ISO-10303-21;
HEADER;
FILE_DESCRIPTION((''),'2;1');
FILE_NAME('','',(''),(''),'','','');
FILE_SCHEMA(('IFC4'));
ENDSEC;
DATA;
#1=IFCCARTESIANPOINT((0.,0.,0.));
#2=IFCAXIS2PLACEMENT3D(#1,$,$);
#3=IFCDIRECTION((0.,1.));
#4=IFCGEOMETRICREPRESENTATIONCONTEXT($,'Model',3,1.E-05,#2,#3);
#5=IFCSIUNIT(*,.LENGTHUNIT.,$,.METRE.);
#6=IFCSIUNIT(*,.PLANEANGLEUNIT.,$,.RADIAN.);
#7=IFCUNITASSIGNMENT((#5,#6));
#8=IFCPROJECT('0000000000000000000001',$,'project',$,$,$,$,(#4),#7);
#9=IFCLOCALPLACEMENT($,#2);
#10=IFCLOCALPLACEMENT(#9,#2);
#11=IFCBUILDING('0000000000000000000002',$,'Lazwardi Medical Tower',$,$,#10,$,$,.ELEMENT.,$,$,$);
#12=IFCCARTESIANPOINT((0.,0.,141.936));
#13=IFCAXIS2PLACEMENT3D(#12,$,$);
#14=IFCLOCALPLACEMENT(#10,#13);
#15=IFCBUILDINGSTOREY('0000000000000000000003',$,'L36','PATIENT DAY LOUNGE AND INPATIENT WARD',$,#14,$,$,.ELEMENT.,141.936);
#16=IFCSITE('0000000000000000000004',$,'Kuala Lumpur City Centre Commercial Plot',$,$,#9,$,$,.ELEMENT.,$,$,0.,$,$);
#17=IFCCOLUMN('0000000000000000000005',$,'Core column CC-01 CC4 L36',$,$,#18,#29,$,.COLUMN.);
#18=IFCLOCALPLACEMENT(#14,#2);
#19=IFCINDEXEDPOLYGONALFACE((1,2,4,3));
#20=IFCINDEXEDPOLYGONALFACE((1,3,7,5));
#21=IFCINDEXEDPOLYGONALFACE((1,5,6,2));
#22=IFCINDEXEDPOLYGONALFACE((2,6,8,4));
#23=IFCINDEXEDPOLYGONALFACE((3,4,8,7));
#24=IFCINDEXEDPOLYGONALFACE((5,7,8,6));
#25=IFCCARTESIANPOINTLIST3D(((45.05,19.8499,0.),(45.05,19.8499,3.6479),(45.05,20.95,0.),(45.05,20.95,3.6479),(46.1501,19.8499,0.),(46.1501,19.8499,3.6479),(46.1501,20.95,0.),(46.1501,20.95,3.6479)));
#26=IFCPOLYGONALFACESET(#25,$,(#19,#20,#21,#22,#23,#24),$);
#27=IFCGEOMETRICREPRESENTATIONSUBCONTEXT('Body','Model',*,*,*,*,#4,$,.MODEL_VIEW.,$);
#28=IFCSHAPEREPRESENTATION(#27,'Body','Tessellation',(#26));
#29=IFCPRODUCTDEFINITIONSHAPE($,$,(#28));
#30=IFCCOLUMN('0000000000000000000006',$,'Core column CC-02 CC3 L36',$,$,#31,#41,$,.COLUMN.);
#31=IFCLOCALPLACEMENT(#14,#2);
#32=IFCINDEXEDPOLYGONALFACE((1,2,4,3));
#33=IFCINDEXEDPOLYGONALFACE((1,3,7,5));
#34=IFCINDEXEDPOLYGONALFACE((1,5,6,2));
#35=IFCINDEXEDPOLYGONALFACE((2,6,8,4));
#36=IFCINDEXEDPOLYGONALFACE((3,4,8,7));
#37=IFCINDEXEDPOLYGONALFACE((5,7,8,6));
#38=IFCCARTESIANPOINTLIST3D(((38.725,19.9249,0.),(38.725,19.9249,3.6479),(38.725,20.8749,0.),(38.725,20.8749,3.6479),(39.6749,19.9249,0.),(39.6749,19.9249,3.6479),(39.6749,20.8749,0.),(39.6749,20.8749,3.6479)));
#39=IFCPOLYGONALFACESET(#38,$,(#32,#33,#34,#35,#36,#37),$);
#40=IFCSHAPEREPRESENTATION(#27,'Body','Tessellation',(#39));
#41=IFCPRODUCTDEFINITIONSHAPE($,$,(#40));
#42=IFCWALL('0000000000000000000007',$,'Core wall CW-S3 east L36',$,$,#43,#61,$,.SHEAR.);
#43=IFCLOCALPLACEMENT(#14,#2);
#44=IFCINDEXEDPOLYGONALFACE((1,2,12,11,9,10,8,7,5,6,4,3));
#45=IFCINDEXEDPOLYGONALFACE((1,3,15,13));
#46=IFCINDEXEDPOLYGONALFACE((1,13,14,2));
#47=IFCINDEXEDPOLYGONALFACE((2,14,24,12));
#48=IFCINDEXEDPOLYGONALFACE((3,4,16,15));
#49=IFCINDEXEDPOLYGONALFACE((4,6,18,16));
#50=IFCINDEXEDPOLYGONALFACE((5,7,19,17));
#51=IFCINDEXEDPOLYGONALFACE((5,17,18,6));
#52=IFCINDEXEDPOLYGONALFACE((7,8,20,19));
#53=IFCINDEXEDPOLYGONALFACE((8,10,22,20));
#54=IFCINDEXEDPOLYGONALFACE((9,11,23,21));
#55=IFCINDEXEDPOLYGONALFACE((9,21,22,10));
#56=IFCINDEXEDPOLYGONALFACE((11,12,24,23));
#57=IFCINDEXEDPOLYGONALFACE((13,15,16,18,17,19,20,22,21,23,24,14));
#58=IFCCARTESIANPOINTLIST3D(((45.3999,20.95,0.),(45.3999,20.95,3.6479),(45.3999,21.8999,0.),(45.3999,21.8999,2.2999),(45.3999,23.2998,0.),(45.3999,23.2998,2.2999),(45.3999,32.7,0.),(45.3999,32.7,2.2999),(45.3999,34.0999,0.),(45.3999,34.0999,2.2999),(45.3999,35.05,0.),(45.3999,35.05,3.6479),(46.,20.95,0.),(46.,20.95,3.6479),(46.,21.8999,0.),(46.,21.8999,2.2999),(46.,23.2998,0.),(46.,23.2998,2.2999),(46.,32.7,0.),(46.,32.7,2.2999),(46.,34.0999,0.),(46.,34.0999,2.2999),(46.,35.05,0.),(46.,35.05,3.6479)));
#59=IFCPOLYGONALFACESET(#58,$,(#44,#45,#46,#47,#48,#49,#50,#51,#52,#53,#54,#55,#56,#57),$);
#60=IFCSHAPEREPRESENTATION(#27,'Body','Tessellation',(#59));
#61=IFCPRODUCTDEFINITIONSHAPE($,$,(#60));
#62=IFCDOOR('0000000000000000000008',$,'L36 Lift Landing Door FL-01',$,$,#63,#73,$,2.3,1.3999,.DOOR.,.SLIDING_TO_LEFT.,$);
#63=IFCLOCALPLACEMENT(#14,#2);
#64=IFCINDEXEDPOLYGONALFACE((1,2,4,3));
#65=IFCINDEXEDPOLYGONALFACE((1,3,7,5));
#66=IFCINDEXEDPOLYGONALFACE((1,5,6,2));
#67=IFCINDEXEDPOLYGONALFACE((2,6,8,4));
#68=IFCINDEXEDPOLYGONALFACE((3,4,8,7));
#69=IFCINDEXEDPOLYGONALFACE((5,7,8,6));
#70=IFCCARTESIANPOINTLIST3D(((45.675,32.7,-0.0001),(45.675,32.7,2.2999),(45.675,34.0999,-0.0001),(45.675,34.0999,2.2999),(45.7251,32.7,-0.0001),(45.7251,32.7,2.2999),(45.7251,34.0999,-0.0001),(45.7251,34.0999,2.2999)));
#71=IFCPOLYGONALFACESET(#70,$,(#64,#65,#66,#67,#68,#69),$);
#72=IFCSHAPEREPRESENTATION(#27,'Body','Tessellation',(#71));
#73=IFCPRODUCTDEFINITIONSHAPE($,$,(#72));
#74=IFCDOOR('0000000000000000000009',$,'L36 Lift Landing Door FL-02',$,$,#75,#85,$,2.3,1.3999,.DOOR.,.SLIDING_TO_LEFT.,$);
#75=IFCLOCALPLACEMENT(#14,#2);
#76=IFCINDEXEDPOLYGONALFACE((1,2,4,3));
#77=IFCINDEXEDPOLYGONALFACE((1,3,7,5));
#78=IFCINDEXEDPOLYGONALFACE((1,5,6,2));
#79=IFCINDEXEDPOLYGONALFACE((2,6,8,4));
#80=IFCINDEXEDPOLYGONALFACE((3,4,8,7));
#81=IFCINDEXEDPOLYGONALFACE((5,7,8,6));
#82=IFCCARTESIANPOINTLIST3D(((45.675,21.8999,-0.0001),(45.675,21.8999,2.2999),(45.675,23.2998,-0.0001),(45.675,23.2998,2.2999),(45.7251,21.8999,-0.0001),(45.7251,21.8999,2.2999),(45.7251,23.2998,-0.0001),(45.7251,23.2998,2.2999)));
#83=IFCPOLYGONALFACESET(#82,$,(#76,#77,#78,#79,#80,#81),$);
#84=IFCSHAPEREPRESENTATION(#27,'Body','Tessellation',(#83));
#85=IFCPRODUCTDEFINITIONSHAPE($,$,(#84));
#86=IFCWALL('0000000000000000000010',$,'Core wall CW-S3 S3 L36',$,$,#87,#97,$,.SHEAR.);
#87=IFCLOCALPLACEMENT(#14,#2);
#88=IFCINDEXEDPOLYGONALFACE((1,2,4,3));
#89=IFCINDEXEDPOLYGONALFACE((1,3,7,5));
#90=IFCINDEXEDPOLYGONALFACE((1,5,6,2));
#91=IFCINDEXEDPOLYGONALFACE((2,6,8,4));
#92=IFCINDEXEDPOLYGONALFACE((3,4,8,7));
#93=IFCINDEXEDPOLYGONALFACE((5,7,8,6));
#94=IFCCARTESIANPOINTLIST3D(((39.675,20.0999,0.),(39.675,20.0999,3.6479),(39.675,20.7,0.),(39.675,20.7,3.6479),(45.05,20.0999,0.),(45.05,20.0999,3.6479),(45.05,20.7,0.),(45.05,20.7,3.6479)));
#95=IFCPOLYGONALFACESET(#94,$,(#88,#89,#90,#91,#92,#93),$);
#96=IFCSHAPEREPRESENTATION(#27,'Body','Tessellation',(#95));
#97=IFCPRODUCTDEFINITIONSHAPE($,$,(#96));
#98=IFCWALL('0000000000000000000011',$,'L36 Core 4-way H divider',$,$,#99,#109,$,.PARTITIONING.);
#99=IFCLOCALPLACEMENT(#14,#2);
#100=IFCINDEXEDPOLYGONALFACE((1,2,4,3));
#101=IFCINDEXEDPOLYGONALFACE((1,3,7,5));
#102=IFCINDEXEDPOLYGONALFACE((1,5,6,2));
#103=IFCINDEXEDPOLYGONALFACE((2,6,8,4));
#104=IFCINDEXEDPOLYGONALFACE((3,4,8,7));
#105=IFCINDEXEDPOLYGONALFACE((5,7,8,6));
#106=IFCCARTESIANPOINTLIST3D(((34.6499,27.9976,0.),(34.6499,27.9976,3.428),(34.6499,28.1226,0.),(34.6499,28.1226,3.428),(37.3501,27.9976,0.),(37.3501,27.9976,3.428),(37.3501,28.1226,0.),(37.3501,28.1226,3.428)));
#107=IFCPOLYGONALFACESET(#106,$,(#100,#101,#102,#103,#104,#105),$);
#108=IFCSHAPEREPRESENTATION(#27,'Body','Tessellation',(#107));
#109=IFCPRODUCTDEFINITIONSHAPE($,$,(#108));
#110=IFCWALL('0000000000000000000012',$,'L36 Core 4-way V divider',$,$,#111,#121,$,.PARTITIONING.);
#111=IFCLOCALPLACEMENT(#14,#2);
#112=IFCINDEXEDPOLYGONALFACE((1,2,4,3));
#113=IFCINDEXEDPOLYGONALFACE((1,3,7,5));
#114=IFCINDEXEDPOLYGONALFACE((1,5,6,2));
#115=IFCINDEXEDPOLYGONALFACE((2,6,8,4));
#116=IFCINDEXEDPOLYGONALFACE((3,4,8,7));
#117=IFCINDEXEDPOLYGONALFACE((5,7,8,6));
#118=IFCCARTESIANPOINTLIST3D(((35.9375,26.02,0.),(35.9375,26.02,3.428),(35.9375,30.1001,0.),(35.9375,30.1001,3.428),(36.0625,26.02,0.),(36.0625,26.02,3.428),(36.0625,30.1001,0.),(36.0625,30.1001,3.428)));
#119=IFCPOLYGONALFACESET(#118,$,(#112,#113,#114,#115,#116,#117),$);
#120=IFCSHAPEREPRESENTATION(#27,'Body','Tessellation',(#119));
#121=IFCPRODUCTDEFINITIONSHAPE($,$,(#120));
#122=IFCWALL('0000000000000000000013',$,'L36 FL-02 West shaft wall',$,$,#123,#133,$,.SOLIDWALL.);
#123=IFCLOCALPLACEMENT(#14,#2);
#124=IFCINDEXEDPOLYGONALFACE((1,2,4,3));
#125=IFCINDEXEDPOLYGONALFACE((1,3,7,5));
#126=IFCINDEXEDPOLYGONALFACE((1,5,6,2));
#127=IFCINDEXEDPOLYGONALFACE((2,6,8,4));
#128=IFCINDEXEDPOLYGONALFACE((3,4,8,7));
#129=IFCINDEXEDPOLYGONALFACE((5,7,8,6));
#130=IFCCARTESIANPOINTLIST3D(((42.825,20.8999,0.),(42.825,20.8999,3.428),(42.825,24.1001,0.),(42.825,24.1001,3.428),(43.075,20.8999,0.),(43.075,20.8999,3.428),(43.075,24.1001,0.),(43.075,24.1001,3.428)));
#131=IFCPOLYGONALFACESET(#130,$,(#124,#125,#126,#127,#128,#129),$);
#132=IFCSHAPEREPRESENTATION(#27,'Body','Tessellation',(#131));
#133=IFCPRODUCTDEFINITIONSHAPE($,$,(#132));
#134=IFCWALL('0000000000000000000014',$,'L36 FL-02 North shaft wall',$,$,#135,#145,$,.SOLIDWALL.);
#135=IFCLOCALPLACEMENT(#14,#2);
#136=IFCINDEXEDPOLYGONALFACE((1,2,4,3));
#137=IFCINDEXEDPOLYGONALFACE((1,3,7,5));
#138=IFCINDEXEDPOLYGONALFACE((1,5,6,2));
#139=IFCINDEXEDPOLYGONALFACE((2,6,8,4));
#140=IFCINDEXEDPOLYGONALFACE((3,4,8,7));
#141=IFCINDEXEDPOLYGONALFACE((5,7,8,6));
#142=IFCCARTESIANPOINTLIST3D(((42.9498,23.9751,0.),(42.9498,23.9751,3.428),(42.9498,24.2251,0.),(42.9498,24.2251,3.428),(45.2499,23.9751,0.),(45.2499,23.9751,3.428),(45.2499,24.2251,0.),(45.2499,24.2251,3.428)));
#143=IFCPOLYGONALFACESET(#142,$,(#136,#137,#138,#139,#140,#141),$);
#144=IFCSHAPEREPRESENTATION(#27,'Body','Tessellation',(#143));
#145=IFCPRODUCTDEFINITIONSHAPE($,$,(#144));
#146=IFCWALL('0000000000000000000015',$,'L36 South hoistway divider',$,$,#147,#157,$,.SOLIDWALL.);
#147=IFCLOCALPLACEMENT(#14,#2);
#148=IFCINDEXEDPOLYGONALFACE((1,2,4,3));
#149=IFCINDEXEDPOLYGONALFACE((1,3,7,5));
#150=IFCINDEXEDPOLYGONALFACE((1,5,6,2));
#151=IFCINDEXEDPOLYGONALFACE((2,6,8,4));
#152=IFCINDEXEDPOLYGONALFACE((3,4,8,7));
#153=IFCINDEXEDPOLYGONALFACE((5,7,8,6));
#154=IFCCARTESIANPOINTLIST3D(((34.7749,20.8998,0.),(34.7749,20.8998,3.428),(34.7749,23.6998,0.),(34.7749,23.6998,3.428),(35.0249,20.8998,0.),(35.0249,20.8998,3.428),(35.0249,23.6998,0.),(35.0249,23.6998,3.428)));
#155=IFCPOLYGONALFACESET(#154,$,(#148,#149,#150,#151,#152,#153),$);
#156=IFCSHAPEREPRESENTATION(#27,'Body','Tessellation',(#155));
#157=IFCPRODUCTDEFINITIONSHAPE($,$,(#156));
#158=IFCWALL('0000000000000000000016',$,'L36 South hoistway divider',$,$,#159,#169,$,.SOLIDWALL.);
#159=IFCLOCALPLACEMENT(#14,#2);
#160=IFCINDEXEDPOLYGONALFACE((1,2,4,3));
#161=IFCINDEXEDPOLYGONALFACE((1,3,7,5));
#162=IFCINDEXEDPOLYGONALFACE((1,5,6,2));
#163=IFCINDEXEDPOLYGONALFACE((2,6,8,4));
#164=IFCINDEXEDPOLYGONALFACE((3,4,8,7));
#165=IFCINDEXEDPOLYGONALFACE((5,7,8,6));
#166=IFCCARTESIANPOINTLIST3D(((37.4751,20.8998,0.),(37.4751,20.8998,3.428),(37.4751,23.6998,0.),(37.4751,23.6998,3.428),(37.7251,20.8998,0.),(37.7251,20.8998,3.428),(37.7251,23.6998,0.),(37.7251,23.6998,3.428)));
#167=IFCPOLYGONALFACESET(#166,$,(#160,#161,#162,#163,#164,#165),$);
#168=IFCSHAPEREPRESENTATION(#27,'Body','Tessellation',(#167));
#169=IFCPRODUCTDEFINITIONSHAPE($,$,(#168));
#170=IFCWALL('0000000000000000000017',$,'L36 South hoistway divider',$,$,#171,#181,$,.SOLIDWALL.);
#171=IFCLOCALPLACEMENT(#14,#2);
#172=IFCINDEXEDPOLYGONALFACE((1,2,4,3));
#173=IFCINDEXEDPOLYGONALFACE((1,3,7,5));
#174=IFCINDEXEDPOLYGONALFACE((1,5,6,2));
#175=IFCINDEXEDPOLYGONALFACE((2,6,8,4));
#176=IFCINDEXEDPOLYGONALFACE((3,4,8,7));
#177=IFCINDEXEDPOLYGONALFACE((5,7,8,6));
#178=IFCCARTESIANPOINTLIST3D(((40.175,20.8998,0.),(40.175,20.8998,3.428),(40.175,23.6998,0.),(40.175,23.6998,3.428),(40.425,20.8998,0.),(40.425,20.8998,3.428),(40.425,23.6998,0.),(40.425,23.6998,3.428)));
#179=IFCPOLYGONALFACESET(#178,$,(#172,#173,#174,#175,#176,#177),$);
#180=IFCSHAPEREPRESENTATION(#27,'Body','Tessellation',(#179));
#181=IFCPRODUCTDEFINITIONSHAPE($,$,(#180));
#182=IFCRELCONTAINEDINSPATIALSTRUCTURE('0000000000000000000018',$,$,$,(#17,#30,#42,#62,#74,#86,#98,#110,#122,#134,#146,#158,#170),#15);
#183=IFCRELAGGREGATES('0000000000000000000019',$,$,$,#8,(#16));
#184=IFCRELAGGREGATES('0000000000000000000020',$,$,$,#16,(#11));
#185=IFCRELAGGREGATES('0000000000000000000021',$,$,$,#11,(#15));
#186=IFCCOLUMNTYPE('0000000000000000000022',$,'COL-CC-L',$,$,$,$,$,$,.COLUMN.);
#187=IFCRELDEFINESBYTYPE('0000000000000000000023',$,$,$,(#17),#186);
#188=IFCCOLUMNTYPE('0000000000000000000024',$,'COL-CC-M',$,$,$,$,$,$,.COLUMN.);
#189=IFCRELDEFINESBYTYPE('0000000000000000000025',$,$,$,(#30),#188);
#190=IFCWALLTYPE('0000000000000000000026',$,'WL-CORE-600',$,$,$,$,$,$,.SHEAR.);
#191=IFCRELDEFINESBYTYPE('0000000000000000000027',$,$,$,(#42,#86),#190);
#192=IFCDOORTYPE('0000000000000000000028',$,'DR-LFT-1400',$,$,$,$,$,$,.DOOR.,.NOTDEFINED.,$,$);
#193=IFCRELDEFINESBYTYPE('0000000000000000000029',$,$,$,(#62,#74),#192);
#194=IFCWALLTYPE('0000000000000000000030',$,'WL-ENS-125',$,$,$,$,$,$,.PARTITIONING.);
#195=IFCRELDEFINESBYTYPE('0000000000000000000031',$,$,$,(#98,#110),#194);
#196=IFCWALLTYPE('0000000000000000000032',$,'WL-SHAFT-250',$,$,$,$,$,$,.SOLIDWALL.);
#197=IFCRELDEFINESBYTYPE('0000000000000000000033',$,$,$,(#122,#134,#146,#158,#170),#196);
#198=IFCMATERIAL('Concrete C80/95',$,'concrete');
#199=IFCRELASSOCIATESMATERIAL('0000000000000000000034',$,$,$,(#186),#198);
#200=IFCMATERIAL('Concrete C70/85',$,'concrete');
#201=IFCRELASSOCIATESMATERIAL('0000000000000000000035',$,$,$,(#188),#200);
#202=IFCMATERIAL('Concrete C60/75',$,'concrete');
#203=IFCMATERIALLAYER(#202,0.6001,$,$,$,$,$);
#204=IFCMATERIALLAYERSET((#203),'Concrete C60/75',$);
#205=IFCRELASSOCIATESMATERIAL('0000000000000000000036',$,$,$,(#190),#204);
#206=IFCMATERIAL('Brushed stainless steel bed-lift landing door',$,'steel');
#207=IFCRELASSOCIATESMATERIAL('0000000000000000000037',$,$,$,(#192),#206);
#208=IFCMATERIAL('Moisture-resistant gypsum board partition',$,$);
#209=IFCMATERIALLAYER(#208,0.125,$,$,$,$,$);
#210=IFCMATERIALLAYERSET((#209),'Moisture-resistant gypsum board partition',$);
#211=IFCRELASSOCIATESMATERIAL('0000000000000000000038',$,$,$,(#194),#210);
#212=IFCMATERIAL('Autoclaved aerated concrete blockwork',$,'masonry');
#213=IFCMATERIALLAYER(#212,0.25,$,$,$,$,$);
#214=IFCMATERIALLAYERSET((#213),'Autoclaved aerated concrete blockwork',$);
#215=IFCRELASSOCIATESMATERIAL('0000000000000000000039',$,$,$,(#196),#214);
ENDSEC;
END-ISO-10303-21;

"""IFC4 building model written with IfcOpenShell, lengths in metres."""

from ifc_helpers import new_model, si_unit, direction, frame, frame_2d, origin, origin_2d, place, context, subcontext, project, spatial, rectangle, extrude, material, layer, layer_set, material_profile, profile_set, type_object, element, fill, save


model = new_model("IFC4")

# Units and contexts
model_context = context("Model", 3, precision=1e-05, world=origin(), true_north=direction((0.0, 1.0)))
body_context = subcontext(model_context, "Body", "Model", "MODEL_VIEW")
ifc_project = project(units=[si_unit("LENGTHUNIT", "METRE"), si_unit("PLANEANGLEUNIT", "RADIAN")], contexts=[model_context])

# Site, building, storey
site_placement = place(None, origin())
site = spatial("IfcSite", under=ifc_project, at=site_placement, Name="Kuala Lumpur City Centre Commercial Plot", CompositionType="ELEMENT", RefElevation=0.0)
building_placement = place(site_placement, origin())
building = spatial("IfcBuilding", under=site, at=building_placement, Name="Lazwardi Medical Tower", CompositionType="ELEMENT")
storey_placement = place(building_placement, frame((0.0, 0.0, 141.936)))
storey = spatial("IfcBuildingStorey", under=building, at=storey_placement, Name="L36", Description="PATIENT DAY LOUNGE AND INPATIENT WARD", CompositionType="ELEMENT", Elevation=141.936)

# Columns
ifc_material_1 = material(Name="Concrete C80/95", Category="concrete")
ifc_material_profile_1 = material_profile(ifc_material_1, rectangle(XDim=1.1001, YDim=1.1001, at=origin_2d()), Name="RC 1100x1100")
ifc_profile_set_1 = profile_set([ifc_material_profile_1], Name="Concrete C80/95")
column_type_1 = type_object("IfcColumnType", Name="COL-CC-L", PredefinedType="COLUMN", material=ifc_profile_set_1)
column_1_placement = place(storey_placement, frame((45.6001, 20.3999, 0.0), z_axis=(0.0, 0.0, 1.0), x_axis=(1.0, 0.0, 0.0)))
element("IfcColumn", 1, at=column_1_placement, inside=storey, type_object=column_type_1, Name="Core column CC-01 CC4 L36", PredefinedType="COLUMN", context=body_context, shape_type="SweptSolid", body=[
    extrude(rectangle(XDim=1.1001, YDim=1.1001, at=origin_2d()), origin(), (0.0, 0.0, 1.0), 3.6479),
])
ifc_material_2 = material(Name="Concrete C70/85", Category="concrete")
ifc_material_profile_2 = material_profile(ifc_material_2, rectangle(XDim=0.95, YDim=0.95, at=origin_2d()), Name="RC 950x950")
ifc_profile_set_2 = profile_set([ifc_material_profile_2], Name="Concrete C70/85")
column_type_2 = type_object("IfcColumnType", Name="COL-CC-M", PredefinedType="COLUMN", material=ifc_profile_set_2)
column_2_placement = place(storey_placement, frame((39.2, 20.3999, 0.0), z_axis=(0.0, 0.0, 1.0), x_axis=(1.0, 0.0, 0.0)))
element("IfcColumn", 2, at=column_2_placement, inside=storey, type_object=column_type_2, Name="Core column CC-02 CC3 L36", PredefinedType="COLUMN", context=body_context, shape_type="SweptSolid", body=[
    extrude(rectangle(XDim=0.95, YDim=0.95, at=origin_2d()), origin(), (0.0, 0.0, 1.0), 3.6479),
])

# Wall, openings, doors
ifc_material_3 = material(Name="Concrete C60/75", Category="concrete")
ifc_layer_1 = layer(ifc_material_3, 0.6001)
ifc_layer_set_1 = layer_set([ifc_layer_1], Name="Concrete C60/75")
wall_type_1 = type_object("IfcWallType", Name="WL-CORE-600", PredefinedType="SHEAR", material=ifc_layer_set_1)
wall_1_placement = place(storey_placement, frame((45.7, 20.95, 0.0), z_axis=(0.0, 0.0, 1.0), x_axis=(0.0, 1.0, 0.0)))
wall_1 = element("IfcWall", 3, at=wall_1_placement, inside=storey, type_object=wall_type_1, Name="Core wall CW-S3 east L36", PredefinedType="SHEAR", context=body_context, shape_type="SweptSolid", body=[
    extrude(rectangle(XDim=14.1001, YDim=0.6001, at=frame_2d((7.05, 0.0))), origin(), (0.0, 0.0, 1.0), 3.6479),
])
opening_1_placement = place(wall_1_placement, frame((11.75, 0.0, 0.0)))
opening_1 = element("IfcOpeningElement", 4, at=opening_1_placement, cuts=wall_1, PredefinedType="OPENING", context=body_context, shape_type="SweptSolid", body=[
    extrude(rectangle(XDim=1.3999, YDim=2.3, at=frame_2d((0.7, 1.1499))), frame((0.0, 0.3101, 0.0), z_axis=(0.0, -1.0, 0.0), x_axis=(1.0, 0.0, 0.0)), (0.0, 0.0, 1.0), 0.6201),
])
opening_2_placement = place(wall_1_placement, frame((0.95, 0.0, 0.0)))
opening_2 = element("IfcOpeningElement", 5, at=opening_2_placement, cuts=wall_1, PredefinedType="OPENING", context=body_context, shape_type="SweptSolid", body=[
    extrude(rectangle(XDim=1.3999, YDim=2.3, at=frame_2d((0.7, 1.1499))), frame((0.0, 0.3101, 0.0), z_axis=(0.0, -1.0, 0.0), x_axis=(1.0, 0.0, 0.0)), (0.0, 0.0, 1.0), 0.6201),
])
ifc_material_4 = material(Name="Brushed stainless steel bed-lift landing door", Category="steel")
door_type_1 = type_object("IfcDoorType", Name="DR-LFT-1400", OperationType="NOTDEFINED", PredefinedType="DOOR", material=ifc_material_4)
door_1_placement = place(opening_1_placement, origin())
door_1 = element("IfcDoor", 6, at=door_1_placement, inside=storey, type_object=door_type_1, Name="L36 Lift Landing Door FL-01", OperationType="SLIDING_TO_LEFT", OverallHeight=2.3, OverallWidth=1.3999, PredefinedType="DOOR", context=body_context, shape_type="SweptSolid", body=[
    extrude(rectangle(XDim=1.3999, YDim=2.3, at=frame_2d((0.7, 1.1499))), frame((0.0, 0.0249, 0.0), z_axis=(0.0, -1.0, 0.0), x_axis=(1.0, 0.0, 0.0)), (0.0, 0.0, 1.0), 0.05),
])
fill(opening_1, door_1)
door_2_placement = place(opening_2_placement, origin())
door_2 = element("IfcDoor", 7, at=door_2_placement, inside=storey, type_object=door_type_1, Name="L36 Lift Landing Door FL-02", OperationType="SLIDING_TO_LEFT", OverallHeight=2.3, OverallWidth=1.3999, PredefinedType="DOOR", context=body_context, shape_type="SweptSolid", body=[
    extrude(rectangle(XDim=1.3999, YDim=2.3, at=frame_2d((0.7, 1.1499))), frame((0.0, 0.0249, 0.0), z_axis=(0.0, -1.0, 0.0), x_axis=(1.0, 0.0, 0.0)), (0.0, 0.0, 1.0), 0.05),
])
fill(opening_2, door_2)

# Walls
wall_2_placement = place(storey_placement, frame((39.675, 20.3999, 0.0), z_axis=(0.0, 0.0, 1.0), x_axis=(1.0, 0.0, 0.0)))
element("IfcWall", 8, at=wall_2_placement, inside=storey, type_object=wall_type_1, Name="Core wall CW-S3 S3 L36", PredefinedType="SHEAR", context=body_context, shape_type="SweptSolid", body=[
    extrude(rectangle(XDim=5.375, YDim=0.6001, at=frame_2d((2.6875, 0.0))), origin(), (0.0, 0.0, 1.0), 3.6479),
])
ifc_material_5 = material(Name="Moisture-resistant gypsum board partition")
ifc_layer_2 = layer(ifc_material_5, 0.125)
ifc_layer_set_2 = layer_set([ifc_layer_2], Name="Moisture-resistant gypsum board partition")
wall_type_2 = type_object("IfcWallType", Name="WL-ENS-125", PredefinedType="PARTITIONING", material=ifc_layer_set_2)
wall_3_placement = place(storey_placement, frame((34.6499, 28.0601, 0.0), z_axis=(0.0, 0.0, 1.0), x_axis=(1.0, 0.0, 0.0)))
element("IfcWall", 9, at=wall_3_placement, inside=storey, type_object=wall_type_2, Name="L36 Core 4-way H divider", PredefinedType="PARTITIONING", context=body_context, shape_type="SweptSolid", body=[
    extrude(rectangle(XDim=2.7002, YDim=0.125, at=frame_2d((1.3501, 0.0))), origin(), (0.0, 0.0, 1.0), 3.428),
])
wall_4_placement = place(storey_placement, frame((36.0, 26.02, 0.0), z_axis=(0.0, 0.0, 1.0), x_axis=(0.0, 1.0, 0.0)))
element("IfcWall", 10, at=wall_4_placement, inside=storey, type_object=wall_type_2, Name="L36 Core 4-way V divider", PredefinedType="PARTITIONING", context=body_context, shape_type="SweptSolid", body=[
    extrude(rectangle(XDim=4.0801, YDim=0.125, at=frame_2d((2.04, 0.0))), origin(), (0.0, 0.0, 1.0), 3.428),
])
ifc_material_6 = material(Name="Autoclaved aerated concrete blockwork", Category="masonry")
ifc_layer_3 = layer(ifc_material_6, 0.25)
ifc_layer_set_3 = layer_set([ifc_layer_3], Name="Autoclaved aerated concrete blockwork")
wall_type_3 = type_object("IfcWallType", Name="WL-SHAFT-250", PredefinedType="SOLIDWALL", material=ifc_layer_set_3)
wall_5_placement = place(storey_placement, frame((42.95, 20.8999, 0.0), z_axis=(0.0, 0.0, 1.0), x_axis=(0.0, 1.0, 0.0)))
element("IfcWall", 11, at=wall_5_placement, inside=storey, type_object=wall_type_3, Name="L36 FL-02 West shaft wall", PredefinedType="SOLIDWALL", context=body_context, shape_type="SweptSolid", body=[
    extrude(rectangle(XDim=3.2002, YDim=0.25, at=frame_2d((1.6001, 0.0))), origin(), (0.0, 0.0, 1.0), 3.428),
])
wall_6_placement = place(storey_placement, frame((42.95, 24.1001, 0.0), z_axis=(0.0, 0.0, 1.0), x_axis=(1.0, 0.0, 0.0)))
element("IfcWall", 12, at=wall_6_placement, inside=storey, type_object=wall_type_3, Name="L36 FL-02 North shaft wall", PredefinedType="SOLIDWALL", context=body_context, shape_type="SweptSolid", body=[
    extrude(rectangle(XDim=2.3, YDim=0.25, at=frame_2d((1.1499, 0.0))), origin(), (0.0, 0.0, 1.0), 3.428),
])
for number, where, z_axis, x_axis, name in (
    (13, (34.8999, 20.8999, 0.0), (0.0, 0.0, 1.0), (0.0, 1.0, 0.0), "L36 South hoistway divider"),
    (14, (37.6001, 20.8999, 0.0), (0.0, 0.0, 1.0), (0.0, 1.0, 0.0), "L36 South hoistway divider"),
    (15, (40.3, 20.8999, 0.0), (0.0, 0.0, 1.0), (0.0, 1.0, 0.0), "L36 South hoistway divider"),
):
    element("IfcWall", number, at=place(storey_placement, frame(where, z_axis=z_axis, x_axis=x_axis)), inside=storey, type_object=wall_type_3, Name=name, PredefinedType="SOLIDWALL", context=body_context, shape_type="SweptSolid", body=[
        extrude(rectangle(XDim=2.8, YDim=0.25, at=frame_2d((1.3999, 0.0))), origin(), (0.0, 0.0, 1.0), 3.428),
    ])

save(model, "model.ifc")
